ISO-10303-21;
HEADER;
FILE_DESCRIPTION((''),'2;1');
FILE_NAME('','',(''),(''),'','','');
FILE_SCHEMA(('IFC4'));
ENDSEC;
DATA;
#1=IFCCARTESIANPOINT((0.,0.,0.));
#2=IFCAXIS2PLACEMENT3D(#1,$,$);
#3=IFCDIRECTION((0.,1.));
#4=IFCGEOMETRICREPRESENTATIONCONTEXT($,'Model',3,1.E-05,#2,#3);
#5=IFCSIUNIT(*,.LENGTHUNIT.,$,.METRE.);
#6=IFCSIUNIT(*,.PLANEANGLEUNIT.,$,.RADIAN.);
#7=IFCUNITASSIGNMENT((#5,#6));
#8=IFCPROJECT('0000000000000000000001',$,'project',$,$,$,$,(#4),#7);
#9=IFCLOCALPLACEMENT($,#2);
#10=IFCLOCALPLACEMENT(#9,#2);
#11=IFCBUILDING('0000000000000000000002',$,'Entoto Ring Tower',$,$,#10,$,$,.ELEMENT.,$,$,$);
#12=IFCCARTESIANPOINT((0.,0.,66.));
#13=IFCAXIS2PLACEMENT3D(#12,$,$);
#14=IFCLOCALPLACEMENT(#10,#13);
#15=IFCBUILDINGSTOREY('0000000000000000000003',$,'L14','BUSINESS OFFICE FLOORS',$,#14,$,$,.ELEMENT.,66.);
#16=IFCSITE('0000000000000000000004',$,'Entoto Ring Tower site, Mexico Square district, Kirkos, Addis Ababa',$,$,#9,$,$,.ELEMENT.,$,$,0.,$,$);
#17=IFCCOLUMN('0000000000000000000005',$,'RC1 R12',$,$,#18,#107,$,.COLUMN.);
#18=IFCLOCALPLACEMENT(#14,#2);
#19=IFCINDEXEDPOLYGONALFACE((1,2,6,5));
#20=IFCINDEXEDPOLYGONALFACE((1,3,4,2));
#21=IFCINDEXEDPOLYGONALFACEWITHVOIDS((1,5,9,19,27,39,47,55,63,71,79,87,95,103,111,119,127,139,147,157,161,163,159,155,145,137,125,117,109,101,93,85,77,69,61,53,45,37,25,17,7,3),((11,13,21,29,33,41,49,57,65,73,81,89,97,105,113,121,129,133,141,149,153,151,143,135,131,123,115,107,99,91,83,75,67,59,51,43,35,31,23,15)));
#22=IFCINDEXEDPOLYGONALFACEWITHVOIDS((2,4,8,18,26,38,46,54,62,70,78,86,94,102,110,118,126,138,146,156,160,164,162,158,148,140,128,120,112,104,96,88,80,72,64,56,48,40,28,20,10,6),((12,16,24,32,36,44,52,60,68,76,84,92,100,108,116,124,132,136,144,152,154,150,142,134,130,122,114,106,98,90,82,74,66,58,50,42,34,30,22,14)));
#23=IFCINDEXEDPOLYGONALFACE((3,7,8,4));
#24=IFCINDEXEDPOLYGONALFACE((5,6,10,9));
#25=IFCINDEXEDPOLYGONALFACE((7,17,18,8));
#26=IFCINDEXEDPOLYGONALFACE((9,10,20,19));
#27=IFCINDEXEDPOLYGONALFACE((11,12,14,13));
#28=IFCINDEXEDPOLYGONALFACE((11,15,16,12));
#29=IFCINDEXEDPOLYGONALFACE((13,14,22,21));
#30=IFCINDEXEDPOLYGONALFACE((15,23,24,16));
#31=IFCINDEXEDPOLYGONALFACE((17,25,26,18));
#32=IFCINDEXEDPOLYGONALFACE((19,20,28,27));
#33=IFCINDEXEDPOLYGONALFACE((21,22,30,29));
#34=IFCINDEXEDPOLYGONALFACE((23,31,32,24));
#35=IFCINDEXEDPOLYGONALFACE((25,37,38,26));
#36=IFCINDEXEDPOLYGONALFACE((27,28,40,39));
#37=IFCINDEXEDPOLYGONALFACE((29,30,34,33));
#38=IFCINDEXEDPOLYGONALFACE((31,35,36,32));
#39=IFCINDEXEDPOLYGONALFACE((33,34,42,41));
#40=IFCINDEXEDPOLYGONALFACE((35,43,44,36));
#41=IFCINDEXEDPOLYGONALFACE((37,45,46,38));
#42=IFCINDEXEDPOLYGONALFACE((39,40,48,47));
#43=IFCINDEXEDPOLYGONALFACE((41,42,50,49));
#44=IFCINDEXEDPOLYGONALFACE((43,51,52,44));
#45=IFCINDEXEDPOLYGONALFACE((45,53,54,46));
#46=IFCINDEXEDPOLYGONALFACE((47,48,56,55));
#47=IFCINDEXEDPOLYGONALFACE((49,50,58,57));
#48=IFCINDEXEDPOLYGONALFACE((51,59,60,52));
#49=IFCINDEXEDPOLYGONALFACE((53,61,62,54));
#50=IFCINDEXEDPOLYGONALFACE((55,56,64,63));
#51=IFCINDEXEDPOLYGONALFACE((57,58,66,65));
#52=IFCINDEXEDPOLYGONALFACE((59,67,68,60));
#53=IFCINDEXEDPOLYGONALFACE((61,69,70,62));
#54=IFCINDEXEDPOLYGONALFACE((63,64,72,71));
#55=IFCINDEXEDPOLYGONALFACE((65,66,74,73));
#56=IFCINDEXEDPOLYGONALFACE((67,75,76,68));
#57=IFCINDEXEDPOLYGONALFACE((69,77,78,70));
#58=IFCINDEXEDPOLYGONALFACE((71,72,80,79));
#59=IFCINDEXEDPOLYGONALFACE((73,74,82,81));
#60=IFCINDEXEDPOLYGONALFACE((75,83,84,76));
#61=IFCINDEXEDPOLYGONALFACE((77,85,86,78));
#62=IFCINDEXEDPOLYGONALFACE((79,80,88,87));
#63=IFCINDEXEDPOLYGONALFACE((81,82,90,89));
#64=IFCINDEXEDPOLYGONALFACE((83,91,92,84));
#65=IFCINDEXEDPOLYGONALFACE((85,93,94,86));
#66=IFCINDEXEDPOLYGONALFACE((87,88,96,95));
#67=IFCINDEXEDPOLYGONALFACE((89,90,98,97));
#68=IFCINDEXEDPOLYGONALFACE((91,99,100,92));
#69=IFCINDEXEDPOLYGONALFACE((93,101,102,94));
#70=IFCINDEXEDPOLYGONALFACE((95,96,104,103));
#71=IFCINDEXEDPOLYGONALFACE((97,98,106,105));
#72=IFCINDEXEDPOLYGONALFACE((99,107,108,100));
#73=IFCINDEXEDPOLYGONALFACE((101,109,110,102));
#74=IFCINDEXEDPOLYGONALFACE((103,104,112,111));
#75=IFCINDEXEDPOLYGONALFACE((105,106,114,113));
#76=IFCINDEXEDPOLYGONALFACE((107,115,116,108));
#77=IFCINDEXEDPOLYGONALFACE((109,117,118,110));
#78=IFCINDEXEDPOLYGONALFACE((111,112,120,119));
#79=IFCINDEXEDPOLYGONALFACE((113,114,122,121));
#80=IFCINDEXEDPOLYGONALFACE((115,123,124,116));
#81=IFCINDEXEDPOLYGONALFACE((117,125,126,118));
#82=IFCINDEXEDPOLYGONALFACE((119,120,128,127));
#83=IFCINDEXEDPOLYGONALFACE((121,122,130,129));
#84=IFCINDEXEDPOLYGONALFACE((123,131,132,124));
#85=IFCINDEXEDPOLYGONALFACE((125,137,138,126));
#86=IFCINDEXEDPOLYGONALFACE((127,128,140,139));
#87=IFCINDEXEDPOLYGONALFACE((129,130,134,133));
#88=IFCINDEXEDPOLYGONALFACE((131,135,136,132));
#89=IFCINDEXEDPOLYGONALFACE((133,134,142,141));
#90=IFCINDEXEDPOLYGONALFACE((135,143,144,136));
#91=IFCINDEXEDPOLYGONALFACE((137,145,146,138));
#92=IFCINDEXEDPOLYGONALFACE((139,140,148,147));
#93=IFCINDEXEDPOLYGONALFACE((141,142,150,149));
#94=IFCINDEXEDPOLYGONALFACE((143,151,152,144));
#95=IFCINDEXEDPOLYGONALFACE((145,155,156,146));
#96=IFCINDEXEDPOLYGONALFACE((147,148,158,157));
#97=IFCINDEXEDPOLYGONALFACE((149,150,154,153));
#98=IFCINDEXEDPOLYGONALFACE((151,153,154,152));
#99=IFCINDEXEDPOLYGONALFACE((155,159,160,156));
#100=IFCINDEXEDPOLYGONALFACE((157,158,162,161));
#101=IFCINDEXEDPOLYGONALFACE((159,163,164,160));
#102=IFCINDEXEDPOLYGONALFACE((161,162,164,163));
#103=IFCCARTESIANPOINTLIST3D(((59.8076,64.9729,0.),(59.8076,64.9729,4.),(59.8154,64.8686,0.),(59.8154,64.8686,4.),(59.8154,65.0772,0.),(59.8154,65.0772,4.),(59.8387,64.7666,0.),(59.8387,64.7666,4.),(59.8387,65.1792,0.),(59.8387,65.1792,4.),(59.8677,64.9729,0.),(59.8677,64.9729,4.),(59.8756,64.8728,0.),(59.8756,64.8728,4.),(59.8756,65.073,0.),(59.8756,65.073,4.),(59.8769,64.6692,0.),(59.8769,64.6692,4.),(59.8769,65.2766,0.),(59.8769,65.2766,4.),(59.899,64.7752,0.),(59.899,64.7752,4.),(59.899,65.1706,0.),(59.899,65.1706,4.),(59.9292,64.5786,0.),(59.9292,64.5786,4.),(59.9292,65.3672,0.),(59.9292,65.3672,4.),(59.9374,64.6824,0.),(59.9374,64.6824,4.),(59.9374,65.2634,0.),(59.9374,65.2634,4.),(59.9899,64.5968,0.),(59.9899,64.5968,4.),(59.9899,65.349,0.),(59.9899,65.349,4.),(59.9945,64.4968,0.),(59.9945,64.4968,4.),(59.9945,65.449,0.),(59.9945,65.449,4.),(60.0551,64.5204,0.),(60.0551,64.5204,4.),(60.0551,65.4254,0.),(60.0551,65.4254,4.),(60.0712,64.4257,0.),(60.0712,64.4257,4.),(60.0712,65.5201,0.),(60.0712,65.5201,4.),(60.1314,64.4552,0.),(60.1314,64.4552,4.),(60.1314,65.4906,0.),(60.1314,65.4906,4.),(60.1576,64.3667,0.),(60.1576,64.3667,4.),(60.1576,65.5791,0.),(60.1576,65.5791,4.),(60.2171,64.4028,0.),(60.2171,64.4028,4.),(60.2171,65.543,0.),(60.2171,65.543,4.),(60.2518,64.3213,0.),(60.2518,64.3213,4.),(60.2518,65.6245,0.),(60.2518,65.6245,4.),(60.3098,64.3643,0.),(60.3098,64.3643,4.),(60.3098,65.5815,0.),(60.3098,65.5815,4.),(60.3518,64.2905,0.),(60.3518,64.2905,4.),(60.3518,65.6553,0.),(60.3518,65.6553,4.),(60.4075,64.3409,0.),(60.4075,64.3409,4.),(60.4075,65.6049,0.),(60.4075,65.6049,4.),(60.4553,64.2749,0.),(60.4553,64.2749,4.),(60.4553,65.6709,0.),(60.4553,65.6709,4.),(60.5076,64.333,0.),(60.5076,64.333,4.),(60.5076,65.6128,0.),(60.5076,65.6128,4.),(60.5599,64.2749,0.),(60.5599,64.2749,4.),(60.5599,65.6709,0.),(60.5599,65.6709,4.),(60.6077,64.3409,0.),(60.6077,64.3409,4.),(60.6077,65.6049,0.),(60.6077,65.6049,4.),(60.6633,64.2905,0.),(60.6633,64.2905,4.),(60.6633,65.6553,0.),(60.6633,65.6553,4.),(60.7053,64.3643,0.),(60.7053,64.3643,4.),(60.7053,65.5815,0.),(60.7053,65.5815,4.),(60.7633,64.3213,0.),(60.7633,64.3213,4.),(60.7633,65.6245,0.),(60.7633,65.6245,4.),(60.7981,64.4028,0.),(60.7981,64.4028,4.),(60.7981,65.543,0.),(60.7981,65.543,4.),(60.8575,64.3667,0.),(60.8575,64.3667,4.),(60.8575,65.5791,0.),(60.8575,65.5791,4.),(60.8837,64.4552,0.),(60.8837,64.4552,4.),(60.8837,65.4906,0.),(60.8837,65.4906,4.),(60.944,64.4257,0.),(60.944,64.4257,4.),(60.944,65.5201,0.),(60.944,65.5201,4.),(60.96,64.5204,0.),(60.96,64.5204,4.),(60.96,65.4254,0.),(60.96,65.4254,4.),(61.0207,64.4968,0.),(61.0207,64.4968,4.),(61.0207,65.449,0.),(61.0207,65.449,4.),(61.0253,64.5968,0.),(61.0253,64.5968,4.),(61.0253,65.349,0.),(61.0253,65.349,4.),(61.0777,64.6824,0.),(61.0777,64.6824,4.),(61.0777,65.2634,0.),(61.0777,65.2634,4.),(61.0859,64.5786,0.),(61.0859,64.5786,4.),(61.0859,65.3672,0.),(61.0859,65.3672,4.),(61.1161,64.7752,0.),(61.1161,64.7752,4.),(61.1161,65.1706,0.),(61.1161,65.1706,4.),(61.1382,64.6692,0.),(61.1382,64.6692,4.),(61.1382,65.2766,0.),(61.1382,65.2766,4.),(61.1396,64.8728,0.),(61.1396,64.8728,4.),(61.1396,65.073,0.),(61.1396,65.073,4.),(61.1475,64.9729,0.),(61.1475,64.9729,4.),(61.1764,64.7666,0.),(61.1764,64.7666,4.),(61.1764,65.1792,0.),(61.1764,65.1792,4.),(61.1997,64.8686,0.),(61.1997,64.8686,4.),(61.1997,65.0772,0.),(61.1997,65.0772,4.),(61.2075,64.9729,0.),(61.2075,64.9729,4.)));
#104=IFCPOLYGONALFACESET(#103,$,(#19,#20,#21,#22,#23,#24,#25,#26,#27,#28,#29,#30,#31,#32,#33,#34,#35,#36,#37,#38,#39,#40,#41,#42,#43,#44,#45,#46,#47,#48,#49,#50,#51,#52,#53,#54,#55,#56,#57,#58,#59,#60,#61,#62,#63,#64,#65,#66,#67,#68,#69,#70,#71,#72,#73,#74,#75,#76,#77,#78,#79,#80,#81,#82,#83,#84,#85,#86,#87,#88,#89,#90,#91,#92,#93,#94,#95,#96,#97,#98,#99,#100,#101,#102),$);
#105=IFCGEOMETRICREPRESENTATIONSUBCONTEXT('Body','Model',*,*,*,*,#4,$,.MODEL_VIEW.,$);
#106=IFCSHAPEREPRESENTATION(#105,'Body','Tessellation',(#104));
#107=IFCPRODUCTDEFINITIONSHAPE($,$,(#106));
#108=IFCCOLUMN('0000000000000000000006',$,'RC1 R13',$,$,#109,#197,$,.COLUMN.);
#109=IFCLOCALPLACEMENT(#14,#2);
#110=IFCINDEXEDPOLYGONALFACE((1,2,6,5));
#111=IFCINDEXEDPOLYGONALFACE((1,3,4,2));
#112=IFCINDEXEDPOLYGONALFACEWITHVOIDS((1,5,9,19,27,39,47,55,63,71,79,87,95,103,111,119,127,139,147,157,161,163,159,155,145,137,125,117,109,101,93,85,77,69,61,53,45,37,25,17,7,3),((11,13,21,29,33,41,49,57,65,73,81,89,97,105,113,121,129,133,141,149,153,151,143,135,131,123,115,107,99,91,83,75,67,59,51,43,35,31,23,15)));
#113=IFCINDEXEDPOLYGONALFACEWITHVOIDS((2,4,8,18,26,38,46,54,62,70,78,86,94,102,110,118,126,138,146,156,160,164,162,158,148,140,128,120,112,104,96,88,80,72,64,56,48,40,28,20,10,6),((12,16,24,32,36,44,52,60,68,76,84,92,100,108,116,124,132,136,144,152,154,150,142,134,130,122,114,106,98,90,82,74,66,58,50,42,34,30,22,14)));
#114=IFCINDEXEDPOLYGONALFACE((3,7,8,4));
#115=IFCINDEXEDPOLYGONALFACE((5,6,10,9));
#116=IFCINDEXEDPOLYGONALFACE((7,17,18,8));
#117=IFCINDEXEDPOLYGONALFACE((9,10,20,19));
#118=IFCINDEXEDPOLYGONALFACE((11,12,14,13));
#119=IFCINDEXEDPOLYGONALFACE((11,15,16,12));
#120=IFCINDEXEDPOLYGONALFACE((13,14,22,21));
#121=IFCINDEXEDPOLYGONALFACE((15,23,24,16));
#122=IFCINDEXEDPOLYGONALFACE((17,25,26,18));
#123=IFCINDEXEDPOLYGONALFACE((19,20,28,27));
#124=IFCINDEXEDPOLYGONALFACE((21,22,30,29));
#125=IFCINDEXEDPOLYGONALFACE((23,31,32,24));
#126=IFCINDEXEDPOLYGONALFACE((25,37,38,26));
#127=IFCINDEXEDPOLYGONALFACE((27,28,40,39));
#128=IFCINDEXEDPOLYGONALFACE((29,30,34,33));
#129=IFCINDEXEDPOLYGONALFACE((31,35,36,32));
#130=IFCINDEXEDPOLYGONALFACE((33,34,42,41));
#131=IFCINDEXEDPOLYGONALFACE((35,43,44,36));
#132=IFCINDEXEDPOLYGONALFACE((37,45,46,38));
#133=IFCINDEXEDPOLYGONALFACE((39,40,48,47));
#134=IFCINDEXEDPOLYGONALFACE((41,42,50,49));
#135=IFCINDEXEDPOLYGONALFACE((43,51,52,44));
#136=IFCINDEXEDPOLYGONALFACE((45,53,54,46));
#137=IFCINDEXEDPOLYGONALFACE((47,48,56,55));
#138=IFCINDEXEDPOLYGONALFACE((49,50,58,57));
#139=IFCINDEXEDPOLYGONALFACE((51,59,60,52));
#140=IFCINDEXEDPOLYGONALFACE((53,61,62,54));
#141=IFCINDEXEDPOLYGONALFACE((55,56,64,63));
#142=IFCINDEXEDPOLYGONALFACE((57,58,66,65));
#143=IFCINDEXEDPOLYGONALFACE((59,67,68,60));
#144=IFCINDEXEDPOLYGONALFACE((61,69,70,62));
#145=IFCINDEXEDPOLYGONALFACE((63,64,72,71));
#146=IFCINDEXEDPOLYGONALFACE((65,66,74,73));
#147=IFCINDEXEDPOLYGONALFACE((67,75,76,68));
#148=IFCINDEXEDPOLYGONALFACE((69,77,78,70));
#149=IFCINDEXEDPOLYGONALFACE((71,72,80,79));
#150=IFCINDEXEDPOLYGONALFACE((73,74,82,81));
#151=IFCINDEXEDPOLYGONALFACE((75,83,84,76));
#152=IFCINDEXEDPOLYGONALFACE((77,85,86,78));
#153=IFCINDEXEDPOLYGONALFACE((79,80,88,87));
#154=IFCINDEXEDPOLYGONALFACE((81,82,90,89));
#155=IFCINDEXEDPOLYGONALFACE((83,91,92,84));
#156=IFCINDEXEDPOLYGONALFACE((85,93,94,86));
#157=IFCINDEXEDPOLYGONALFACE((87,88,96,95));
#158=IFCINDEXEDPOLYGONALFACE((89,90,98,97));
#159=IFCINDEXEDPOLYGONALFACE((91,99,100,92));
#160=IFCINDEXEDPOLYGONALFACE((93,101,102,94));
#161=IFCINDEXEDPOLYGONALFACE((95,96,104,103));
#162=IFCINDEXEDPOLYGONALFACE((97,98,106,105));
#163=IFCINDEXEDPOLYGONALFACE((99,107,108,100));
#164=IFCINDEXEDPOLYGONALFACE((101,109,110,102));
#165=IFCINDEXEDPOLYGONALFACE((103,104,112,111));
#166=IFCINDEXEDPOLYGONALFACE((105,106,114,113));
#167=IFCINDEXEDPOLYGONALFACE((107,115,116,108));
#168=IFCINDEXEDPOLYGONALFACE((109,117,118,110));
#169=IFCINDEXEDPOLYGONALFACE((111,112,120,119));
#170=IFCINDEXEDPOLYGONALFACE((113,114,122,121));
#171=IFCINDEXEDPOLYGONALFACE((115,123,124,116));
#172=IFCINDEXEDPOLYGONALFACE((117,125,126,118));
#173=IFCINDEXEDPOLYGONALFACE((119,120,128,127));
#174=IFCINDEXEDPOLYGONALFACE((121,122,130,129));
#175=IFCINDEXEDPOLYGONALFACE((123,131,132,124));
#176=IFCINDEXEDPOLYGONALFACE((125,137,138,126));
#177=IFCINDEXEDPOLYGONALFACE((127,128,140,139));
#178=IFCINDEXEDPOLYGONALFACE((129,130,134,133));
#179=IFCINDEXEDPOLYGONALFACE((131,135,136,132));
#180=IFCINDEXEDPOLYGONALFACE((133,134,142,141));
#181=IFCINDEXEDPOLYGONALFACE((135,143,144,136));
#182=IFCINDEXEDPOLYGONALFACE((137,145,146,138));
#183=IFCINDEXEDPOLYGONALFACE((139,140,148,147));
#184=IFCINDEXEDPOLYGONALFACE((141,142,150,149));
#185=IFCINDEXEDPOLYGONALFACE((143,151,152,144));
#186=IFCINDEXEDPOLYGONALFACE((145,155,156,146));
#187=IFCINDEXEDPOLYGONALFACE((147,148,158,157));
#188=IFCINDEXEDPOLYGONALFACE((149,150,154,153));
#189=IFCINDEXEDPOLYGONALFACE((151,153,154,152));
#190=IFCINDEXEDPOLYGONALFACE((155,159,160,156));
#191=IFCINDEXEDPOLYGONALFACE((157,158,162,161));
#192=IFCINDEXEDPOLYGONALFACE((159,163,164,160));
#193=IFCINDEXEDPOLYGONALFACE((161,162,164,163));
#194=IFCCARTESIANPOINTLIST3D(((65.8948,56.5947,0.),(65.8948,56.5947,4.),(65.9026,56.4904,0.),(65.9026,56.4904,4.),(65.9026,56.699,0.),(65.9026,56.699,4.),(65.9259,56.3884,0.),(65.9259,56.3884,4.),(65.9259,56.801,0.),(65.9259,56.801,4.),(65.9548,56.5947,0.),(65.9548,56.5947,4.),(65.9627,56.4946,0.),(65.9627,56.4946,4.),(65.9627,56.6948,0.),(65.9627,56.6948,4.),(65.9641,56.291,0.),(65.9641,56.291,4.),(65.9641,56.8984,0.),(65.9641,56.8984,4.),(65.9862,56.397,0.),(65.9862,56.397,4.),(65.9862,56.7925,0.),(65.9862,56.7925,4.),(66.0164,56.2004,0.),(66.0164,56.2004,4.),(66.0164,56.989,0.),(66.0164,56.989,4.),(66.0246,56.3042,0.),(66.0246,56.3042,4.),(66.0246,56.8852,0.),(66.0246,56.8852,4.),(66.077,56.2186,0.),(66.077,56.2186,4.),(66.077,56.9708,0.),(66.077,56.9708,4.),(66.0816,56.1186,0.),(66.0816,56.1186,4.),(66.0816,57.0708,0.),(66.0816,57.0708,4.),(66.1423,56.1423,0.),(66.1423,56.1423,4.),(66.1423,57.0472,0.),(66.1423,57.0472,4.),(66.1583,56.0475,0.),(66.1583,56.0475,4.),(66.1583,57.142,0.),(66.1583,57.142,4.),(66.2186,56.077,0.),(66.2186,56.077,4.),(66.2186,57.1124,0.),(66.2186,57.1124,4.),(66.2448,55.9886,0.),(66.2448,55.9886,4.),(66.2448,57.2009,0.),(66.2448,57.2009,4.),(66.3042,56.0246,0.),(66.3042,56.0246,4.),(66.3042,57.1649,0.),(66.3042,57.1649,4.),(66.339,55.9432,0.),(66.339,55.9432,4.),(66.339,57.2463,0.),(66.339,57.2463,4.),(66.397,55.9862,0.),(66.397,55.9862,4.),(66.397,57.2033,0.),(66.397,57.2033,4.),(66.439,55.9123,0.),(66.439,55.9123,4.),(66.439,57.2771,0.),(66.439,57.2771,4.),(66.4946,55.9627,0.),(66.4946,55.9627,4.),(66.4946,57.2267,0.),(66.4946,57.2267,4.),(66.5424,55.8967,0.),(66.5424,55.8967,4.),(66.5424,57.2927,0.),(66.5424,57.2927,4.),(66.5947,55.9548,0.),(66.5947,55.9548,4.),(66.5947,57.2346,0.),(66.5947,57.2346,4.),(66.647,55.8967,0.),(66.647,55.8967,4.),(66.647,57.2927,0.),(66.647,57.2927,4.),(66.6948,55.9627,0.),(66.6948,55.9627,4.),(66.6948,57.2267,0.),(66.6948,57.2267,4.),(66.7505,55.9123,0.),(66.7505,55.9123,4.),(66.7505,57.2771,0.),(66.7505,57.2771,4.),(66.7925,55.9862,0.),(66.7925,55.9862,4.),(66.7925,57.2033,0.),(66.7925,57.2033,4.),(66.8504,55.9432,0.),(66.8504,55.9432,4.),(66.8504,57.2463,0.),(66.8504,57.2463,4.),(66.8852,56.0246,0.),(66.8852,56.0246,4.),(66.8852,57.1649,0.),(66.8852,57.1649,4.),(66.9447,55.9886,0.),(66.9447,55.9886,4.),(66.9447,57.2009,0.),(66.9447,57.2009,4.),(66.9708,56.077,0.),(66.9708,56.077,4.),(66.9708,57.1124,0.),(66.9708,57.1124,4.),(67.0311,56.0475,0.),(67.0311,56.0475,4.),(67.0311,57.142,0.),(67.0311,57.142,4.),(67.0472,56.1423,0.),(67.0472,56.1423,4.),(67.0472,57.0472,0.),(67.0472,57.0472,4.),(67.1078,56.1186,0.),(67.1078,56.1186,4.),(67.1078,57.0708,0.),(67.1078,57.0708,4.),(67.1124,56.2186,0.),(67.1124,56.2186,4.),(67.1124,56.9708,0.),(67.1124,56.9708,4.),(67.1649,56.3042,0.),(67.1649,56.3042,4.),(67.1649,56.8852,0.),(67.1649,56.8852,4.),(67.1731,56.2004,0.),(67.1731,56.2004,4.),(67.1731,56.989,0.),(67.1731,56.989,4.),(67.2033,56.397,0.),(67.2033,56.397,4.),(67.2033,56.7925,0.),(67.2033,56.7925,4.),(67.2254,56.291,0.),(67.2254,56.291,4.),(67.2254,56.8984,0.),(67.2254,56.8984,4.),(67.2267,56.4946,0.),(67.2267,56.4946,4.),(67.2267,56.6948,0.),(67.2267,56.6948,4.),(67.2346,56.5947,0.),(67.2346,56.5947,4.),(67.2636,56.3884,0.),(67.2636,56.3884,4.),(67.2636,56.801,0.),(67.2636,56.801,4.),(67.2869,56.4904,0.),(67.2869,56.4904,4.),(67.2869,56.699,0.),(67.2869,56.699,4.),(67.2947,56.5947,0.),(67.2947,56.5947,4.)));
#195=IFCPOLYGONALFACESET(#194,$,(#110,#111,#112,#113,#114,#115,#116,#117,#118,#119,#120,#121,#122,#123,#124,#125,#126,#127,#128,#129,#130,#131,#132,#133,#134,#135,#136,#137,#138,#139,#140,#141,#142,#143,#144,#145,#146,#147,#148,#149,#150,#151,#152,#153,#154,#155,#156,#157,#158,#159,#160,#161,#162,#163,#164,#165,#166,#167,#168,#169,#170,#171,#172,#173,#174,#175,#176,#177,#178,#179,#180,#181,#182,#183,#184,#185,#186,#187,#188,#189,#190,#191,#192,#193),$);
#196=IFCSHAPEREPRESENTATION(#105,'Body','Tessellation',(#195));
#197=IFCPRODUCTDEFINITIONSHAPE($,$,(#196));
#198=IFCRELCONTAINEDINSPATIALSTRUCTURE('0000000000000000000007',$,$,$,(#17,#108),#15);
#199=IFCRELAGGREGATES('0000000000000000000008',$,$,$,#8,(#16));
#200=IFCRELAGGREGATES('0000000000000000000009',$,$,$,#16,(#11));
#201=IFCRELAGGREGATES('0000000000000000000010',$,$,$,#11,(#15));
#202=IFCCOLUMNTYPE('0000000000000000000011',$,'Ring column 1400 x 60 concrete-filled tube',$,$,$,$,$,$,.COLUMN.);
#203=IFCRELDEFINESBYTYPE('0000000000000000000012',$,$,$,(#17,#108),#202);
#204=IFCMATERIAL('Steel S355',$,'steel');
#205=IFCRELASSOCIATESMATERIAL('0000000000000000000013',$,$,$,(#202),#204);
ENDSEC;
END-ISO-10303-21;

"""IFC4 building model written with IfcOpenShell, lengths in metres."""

from ifc_helpers import new_model, si_unit, direction, frame, origin, origin_2d, place, context, subcontext, project, spatial, circle, hollow_circle, extrude, material, material_profile, profile_set, type_object, element, save


model = new_model("IFC4")

# Units and contexts
model_context = context("Model", 3, precision=1e-05, world=origin(), true_north=direction((0.0, 1.0)))
body_context = subcontext(model_context, "Body", "Model", "MODEL_VIEW")
ifc_project = project(units=[si_unit("LENGTHUNIT", "METRE"), si_unit("PLANEANGLEUNIT", "RADIAN")], contexts=[model_context])

# Site, building, storey
site_placement = place(None, origin())
site = spatial("IfcSite", under=ifc_project, at=site_placement, Name="Entoto Ring Tower site, Mexico Square district, Kirkos, Addis Ababa", CompositionType="ELEMENT", RefElevation=0.0)
building_placement = place(site_placement, origin())
building = spatial("IfcBuilding", under=site, at=building_placement, Name="Entoto Ring Tower", CompositionType="ELEMENT")
storey_placement = place(building_placement, frame((0.0, 0.0, 66.0)))
storey = spatial("IfcBuildingStorey", under=building, at=storey_placement, Name="L14", Description="BUSINESS OFFICE FLOORS", CompositionType="ELEMENT", Elevation=66.0)

# Columns
ifc_material_1 = material(Name="Steel S355", Category="steel")
ifc_material_profile_1 = material_profile(ifc_material_1, hollow_circle(Radius=0.7, WallThickness=0.0601, at=origin_2d()), Name="CHS 1400 x 60")
ifc_material_2 = material(Name="Concrete C60/75", Category="concrete")
ifc_material_profile_2 = material_profile(ifc_material_2, circle(Radius=0.6399, at=origin_2d()), Name="Concrete C60/75 infill")
ifc_profile_set_1 = profile_set([ifc_material_profile_1, ifc_material_profile_2], Name="Steel S355")
column_type = type_object("IfcColumnType", Name="Ring column 1400 x 60 concrete-filled tube", PredefinedType="COLUMN", material=ifc_profile_set_1)
for number, where, z_axis, x_axis, name in (
    (1, (60.5076, 64.9729, 0.0), (0.0, 0.0, 1.0), (1.0, 0.0, 0.0), "RC1 R12"),
    (2, (66.5947, 56.5947, 0.0), (0.0, 0.0, 1.0), (1.0, 0.0, 0.0), "RC1 R13"),
):
    element("IfcColumn", number, at=place(storey_placement, frame(where, z_axis=z_axis, x_axis=x_axis)), inside=storey, type_object=column_type, Name=name, PredefinedType="COLUMN", context=body_context, shape_type="SweptSolid", body=[
        extrude(hollow_circle(Radius=0.7, WallThickness=0.0601, at=origin_2d()), origin(), (0.0, 0.0, 1.0), 4.0),
    ])

save(model, "model.ifc")
